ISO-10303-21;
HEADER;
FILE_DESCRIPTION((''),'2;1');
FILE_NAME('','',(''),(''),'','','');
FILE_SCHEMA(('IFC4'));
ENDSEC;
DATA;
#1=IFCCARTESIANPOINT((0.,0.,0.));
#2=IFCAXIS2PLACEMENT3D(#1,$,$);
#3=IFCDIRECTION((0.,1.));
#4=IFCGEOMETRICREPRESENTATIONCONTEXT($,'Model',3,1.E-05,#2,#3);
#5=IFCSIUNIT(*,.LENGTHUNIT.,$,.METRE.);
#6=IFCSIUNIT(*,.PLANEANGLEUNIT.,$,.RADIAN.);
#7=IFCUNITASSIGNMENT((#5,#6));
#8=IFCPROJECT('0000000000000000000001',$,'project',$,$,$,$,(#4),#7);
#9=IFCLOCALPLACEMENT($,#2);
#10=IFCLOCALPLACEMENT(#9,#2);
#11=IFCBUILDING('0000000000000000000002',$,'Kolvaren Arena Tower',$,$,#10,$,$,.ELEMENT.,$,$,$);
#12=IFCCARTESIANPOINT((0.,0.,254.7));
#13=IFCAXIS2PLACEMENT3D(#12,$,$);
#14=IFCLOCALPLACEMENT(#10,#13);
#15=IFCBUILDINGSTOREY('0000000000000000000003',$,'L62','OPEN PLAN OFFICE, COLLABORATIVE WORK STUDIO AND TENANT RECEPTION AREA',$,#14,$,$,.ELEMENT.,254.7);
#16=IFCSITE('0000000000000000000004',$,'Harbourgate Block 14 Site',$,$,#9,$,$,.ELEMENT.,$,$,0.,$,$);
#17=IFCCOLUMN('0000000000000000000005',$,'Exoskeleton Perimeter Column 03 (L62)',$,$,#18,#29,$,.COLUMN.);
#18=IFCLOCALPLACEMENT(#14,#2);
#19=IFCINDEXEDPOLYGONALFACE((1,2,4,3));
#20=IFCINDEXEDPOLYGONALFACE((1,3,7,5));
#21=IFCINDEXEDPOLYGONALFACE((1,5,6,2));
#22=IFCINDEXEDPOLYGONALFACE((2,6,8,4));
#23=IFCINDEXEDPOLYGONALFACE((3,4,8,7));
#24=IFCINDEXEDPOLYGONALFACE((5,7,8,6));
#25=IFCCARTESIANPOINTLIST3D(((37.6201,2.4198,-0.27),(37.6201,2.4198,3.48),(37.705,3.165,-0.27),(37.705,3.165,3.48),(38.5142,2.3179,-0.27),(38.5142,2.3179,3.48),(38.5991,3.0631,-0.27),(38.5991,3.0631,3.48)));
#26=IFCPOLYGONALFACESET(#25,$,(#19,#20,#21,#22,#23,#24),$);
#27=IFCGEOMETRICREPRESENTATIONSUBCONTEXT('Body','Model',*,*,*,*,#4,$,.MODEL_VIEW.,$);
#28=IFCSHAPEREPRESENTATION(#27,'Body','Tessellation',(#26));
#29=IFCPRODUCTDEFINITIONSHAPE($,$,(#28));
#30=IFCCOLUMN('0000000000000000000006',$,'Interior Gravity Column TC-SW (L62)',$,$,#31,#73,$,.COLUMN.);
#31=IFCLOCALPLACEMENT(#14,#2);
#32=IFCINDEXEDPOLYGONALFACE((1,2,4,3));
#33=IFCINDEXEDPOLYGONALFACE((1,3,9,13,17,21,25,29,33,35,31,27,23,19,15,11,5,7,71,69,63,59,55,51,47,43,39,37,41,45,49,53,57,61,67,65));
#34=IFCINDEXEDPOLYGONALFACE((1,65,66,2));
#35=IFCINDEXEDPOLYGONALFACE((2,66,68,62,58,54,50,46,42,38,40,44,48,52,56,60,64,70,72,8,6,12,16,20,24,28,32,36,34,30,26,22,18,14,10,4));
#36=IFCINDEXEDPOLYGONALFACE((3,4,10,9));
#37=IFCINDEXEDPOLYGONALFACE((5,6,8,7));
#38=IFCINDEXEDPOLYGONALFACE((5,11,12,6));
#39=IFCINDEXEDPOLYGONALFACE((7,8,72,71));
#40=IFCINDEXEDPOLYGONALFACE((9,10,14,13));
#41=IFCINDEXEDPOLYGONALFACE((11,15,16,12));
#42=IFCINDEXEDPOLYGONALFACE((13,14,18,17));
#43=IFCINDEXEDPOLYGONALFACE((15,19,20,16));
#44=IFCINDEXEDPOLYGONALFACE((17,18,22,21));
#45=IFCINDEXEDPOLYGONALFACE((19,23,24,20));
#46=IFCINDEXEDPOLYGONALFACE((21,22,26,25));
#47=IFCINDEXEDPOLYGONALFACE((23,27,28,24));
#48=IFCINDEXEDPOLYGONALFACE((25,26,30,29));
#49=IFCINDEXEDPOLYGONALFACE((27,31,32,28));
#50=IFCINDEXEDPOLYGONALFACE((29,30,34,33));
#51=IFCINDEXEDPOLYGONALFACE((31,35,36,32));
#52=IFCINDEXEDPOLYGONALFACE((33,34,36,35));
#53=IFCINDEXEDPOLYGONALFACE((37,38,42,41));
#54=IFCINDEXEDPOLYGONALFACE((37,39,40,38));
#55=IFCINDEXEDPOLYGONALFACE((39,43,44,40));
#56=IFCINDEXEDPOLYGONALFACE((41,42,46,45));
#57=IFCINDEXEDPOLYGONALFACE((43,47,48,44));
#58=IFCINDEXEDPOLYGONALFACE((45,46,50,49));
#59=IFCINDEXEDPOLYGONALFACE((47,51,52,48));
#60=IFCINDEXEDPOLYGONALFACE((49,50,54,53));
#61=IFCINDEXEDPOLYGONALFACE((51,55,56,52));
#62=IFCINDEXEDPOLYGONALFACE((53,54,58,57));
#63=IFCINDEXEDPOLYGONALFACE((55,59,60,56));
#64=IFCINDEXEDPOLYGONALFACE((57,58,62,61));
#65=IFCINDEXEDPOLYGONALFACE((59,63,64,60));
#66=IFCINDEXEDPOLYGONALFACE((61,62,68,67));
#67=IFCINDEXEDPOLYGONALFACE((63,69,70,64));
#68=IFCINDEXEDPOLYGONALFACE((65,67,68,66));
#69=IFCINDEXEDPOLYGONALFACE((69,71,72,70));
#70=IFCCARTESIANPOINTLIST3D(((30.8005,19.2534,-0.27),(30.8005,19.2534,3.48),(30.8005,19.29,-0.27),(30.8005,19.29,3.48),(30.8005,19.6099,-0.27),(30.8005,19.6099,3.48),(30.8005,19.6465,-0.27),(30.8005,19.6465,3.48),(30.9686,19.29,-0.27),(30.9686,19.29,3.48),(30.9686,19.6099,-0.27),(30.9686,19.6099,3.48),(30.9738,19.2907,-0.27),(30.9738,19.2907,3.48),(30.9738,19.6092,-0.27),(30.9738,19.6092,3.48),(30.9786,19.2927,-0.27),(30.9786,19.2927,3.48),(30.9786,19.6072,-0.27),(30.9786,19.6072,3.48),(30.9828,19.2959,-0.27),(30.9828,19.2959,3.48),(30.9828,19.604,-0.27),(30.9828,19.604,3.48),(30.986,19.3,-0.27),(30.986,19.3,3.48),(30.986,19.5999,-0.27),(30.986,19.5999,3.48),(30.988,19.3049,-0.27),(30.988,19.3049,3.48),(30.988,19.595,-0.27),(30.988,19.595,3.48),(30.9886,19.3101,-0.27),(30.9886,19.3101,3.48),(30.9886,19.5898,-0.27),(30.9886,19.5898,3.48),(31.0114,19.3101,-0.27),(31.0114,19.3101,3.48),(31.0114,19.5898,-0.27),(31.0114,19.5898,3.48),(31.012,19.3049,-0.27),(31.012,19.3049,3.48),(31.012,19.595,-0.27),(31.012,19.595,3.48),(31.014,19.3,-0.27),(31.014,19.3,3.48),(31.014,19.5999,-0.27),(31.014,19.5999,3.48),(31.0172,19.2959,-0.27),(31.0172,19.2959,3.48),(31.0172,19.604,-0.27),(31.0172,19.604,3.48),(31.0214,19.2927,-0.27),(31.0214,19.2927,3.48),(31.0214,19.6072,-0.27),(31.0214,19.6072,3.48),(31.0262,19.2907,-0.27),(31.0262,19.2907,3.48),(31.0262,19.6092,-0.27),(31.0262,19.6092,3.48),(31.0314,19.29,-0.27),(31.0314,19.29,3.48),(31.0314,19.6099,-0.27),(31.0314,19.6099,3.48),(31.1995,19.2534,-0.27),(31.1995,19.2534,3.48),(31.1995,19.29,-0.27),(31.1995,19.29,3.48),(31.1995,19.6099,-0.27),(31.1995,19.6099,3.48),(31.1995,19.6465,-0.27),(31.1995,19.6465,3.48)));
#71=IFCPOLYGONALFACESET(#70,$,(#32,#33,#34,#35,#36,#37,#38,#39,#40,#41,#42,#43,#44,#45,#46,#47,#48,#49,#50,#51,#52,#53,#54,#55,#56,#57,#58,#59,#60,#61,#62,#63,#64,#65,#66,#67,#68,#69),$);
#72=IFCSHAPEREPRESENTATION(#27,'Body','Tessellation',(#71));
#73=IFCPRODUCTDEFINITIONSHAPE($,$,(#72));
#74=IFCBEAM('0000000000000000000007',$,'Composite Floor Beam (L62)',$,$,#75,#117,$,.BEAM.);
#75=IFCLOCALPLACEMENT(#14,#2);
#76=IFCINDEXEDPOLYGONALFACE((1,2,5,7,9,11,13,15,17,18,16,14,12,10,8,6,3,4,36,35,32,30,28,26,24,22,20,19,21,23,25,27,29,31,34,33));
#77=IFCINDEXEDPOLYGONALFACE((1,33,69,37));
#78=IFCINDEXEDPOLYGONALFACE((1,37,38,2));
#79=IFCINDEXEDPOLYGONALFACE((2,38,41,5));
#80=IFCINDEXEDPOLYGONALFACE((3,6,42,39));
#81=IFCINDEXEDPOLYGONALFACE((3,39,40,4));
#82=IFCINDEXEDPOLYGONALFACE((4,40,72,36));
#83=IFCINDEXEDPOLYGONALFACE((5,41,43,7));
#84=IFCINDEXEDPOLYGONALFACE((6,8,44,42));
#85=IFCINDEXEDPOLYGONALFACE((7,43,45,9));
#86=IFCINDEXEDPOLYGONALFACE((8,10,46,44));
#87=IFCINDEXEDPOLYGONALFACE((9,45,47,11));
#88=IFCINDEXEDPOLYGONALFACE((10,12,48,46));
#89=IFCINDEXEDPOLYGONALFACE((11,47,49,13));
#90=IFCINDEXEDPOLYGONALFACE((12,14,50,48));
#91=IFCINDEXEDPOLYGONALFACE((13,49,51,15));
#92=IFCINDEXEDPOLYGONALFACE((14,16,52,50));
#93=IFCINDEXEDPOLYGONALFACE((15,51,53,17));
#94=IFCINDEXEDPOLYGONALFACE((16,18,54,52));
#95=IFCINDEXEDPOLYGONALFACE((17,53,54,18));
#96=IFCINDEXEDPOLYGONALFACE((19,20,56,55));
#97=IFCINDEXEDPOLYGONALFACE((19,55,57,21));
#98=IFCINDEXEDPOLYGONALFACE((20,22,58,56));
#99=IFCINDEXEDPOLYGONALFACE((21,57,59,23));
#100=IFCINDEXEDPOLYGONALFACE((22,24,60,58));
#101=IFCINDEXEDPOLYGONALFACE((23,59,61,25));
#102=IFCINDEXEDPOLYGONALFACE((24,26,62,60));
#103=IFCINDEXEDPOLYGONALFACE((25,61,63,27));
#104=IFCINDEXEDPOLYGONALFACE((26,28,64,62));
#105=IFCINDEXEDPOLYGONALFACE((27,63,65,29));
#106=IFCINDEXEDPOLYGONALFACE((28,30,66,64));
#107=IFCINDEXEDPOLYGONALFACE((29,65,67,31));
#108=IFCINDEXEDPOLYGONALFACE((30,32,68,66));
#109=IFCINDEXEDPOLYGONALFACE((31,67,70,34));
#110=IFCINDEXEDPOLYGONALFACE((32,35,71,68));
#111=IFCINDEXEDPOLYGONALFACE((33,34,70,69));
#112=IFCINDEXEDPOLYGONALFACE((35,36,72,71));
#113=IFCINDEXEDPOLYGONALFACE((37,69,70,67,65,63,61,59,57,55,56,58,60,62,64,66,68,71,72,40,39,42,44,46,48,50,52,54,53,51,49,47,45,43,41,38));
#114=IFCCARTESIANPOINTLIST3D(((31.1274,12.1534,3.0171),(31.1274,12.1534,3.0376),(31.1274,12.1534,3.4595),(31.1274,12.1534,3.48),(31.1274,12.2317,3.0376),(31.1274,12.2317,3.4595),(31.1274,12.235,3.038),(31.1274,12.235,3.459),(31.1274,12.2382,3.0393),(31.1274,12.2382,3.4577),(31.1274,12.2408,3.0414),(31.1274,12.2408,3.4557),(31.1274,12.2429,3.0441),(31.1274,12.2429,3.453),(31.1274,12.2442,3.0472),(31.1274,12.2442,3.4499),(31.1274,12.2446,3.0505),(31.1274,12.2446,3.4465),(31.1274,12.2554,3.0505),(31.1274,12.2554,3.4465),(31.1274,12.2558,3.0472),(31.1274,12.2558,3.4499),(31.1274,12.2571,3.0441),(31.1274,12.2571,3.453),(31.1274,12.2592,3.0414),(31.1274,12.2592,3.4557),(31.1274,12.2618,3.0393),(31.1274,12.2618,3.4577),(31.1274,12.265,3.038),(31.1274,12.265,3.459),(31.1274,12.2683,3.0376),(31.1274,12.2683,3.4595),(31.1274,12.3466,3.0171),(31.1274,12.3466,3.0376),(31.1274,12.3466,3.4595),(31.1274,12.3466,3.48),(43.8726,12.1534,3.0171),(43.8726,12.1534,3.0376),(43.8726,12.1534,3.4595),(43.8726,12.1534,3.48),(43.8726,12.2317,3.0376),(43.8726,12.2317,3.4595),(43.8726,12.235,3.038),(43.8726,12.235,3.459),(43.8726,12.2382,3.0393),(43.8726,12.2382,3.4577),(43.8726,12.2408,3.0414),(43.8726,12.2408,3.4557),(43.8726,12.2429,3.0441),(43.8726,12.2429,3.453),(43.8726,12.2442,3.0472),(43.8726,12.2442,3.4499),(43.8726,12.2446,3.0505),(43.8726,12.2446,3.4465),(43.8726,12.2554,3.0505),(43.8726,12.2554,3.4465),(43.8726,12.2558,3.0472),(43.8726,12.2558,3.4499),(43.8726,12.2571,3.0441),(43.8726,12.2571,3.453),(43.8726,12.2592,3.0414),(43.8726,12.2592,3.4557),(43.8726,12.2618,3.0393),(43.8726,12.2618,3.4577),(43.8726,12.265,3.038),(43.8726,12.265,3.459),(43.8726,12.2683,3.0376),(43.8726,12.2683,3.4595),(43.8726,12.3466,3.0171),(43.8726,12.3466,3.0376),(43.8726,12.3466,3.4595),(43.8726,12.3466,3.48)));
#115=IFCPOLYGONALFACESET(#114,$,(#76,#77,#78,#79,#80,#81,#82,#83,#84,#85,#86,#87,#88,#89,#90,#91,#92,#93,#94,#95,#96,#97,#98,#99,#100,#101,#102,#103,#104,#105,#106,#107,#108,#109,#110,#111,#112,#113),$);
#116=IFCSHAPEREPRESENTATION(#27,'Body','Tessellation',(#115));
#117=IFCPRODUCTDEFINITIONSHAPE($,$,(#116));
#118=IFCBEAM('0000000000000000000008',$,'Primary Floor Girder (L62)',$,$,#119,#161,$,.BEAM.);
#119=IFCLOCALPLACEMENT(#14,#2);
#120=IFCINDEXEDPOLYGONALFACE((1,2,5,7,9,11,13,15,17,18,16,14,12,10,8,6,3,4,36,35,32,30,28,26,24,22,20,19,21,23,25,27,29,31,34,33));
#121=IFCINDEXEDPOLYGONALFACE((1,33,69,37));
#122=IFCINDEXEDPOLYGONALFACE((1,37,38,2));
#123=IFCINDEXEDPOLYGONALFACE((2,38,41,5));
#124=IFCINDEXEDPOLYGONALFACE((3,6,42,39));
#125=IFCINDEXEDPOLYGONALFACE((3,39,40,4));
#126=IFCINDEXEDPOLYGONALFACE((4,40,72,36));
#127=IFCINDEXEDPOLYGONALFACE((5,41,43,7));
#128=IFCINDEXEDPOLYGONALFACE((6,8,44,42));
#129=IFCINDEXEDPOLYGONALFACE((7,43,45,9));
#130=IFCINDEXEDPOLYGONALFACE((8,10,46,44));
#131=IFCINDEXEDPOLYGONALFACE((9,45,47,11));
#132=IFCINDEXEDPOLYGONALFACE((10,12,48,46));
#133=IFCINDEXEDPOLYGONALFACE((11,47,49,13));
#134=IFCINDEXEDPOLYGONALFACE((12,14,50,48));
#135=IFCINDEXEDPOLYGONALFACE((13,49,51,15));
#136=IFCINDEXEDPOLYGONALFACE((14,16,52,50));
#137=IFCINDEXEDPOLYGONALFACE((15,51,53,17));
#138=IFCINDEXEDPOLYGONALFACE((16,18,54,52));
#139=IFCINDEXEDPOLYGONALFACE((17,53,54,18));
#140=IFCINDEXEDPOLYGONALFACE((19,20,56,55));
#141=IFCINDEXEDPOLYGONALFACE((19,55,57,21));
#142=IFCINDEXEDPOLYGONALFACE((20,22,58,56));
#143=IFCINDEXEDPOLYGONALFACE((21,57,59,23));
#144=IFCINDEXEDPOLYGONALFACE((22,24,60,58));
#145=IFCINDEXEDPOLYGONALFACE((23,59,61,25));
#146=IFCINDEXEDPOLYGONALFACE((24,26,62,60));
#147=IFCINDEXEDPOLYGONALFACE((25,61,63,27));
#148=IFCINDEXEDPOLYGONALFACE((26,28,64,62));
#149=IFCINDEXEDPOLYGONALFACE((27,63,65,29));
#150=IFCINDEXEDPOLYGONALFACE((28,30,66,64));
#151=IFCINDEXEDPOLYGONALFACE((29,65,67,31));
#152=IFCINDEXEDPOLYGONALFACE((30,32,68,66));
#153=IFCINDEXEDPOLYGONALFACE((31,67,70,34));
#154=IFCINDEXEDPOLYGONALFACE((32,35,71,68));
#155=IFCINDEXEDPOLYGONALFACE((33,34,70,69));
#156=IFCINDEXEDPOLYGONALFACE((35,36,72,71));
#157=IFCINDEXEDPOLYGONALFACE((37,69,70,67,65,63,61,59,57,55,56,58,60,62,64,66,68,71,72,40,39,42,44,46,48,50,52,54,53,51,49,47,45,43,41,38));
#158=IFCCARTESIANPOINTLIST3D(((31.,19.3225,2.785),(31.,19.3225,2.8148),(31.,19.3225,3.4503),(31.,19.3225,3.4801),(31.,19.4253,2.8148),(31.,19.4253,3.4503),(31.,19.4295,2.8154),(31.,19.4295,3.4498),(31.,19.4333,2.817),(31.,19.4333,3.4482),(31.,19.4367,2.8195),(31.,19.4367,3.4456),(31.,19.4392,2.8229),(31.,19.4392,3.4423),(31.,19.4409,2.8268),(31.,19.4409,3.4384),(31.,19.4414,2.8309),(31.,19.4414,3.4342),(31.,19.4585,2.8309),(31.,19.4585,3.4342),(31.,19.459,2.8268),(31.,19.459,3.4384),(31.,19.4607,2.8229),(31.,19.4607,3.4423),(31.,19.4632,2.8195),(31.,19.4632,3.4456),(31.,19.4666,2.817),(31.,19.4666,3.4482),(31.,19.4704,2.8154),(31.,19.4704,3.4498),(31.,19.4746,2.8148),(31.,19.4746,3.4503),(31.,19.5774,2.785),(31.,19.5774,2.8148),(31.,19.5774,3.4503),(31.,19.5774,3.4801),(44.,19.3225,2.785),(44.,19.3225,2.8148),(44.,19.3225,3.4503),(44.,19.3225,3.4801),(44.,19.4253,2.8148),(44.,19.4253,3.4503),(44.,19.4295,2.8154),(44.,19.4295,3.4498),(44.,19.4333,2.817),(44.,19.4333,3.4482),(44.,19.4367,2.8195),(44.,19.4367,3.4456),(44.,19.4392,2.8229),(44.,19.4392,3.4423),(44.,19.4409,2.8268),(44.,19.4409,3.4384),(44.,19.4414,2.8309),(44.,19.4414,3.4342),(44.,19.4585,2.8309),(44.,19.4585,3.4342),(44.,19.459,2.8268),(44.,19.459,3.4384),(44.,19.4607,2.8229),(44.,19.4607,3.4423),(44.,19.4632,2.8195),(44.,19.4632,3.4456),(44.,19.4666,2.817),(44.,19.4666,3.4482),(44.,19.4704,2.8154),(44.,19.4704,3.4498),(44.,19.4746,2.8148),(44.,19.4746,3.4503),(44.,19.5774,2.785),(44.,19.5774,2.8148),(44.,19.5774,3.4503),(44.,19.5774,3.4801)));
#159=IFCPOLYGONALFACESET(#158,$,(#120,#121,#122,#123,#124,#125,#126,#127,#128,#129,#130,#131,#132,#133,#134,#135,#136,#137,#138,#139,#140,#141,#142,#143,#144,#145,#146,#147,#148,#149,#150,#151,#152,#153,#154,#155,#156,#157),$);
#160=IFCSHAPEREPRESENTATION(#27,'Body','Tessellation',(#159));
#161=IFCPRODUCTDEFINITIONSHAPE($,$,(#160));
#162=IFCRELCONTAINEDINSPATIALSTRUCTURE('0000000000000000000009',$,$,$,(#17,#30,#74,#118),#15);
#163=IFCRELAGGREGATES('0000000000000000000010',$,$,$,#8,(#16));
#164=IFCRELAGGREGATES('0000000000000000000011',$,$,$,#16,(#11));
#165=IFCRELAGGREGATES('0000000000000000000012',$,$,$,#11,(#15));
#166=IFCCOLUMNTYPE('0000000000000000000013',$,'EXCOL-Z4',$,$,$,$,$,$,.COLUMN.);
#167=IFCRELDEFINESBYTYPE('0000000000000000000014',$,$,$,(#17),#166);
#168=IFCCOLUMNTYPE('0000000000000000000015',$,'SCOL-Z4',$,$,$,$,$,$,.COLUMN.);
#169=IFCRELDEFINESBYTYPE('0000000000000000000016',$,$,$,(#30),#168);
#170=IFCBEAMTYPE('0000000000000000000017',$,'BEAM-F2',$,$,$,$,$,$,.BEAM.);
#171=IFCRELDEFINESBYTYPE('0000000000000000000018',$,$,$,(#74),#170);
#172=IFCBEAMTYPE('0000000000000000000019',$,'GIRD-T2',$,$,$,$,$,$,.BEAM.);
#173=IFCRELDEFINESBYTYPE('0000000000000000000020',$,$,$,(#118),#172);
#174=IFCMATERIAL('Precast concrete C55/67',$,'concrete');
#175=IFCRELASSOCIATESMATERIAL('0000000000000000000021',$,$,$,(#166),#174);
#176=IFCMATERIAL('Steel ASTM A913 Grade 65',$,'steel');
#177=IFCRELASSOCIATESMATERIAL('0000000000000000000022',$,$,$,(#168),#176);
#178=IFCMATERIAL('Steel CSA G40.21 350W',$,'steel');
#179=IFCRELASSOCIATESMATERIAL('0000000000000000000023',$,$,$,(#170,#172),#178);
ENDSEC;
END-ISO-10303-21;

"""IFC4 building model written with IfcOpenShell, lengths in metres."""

from ifc_helpers import new_model, si_unit, direction, frame, origin, origin_2d, place, context, subcontext, project, spatial, rectangle, i_section, extrude, material, material_profile, profile_set, type_object, element, save


model = new_model("IFC4")

# Units and contexts
model_context = context("Model", 3, precision=1e-05, world=origin(), true_north=direction((0.0, 1.0)))
body_context = subcontext(model_context, "Body", "Model", "MODEL_VIEW")
ifc_project = project(units=[si_unit("LENGTHUNIT", "METRE"), si_unit("PLANEANGLEUNIT", "RADIAN")], contexts=[model_context])

# Site, building, storey
site_placement = place(None, origin())
site = spatial("IfcSite", under=ifc_project, at=site_placement, Name="Harbourgate Block 14 Site", CompositionType="ELEMENT", RefElevation=0.0)
building_placement = place(site_placement, origin())
building = spatial("IfcBuilding", under=site, at=building_placement, Name="Kolvaren Arena Tower", CompositionType="ELEMENT")
storey_placement = place(building_placement, frame((0.0, 0.0, 254.7)))
storey = spatial("IfcBuildingStorey", under=building, at=storey_placement, Name="L62", Description="OPEN PLAN OFFICE, COLLABORATIVE WORK STUDIO AND TENANT RECEPTION AREA", CompositionType="ELEMENT", Elevation=254.7)

# Columns
ifc_material_1 = material(Name="Precast concrete C55/67", Category="concrete")
ifc_material_profile_1 = material_profile(ifc_material_1, rectangle(XDim=0.8999, YDim=0.75, at=origin_2d()), Name="RC-900x750")
ifc_profile_set_1 = profile_set([ifc_material_profile_1], Name="Precast concrete C55/67")
column_type_1 = type_object("IfcColumnType", Name="EXCOL-Z4", PredefinedType="COLUMN", material=ifc_profile_set_1)
column_1_placement = place(storey_placement, frame((38.1096, 2.7415, -0.27), z_axis=(0.0, 0.0, 1.0), x_axis=(0.993572, -0.113203, 0.0)))
element("IfcColumn", 1, at=column_1_placement, inside=storey, type_object=column_type_1, Name="Exoskeleton Perimeter Column 03 (L62)", PredefinedType="COLUMN", context=body_context, shape_type="SweptSolid", body=[
    extrude(rectangle(XDim=0.8999, YDim=0.75, at=origin_2d()), origin(), (0.0, 0.0, 1.0), 3.75),
])
ifc_material_2 = material(Name="Steel ASTM A913 Grade 65", Category="steel")
ifc_material_profile_2 = material_profile(ifc_material_2, i_section(OverallWidth=0.3989, OverallDepth=0.3931, WebThickness=0.0227, FlangeThickness=0.0366, FilletRadius=0.02, at=origin_2d()), Name="W360x287")
ifc_profile_set_2 = profile_set([ifc_material_profile_2], Name="Steel ASTM A913 Grade 65")
column_type_2 = type_object("IfcColumnType", Name="SCOL-Z4", PredefinedType="COLUMN", material=ifc_profile_set_2)
column_2_placement = place(storey_placement, frame((31.0, 19.45, -0.27), z_axis=(0.0, 0.0, 1.0), x_axis=(1.0, 0.0, 0.0)))
element("IfcColumn", 2, at=column_2_placement, inside=storey, type_object=column_type_2, Name="Interior Gravity Column TC-SW (L62)", PredefinedType="COLUMN", context=body_context, shape_type="SweptSolid", body=[
    extrude(i_section(OverallWidth=0.3989, OverallDepth=0.3931, WebThickness=0.0227, FlangeThickness=0.0366, FilletRadius=0.02, at=origin_2d()), origin(), (0.0, 0.0, 1.0), 3.75),
])

# Beams
ifc_material_3 = material(Name="Steel CSA G40.21 350W", Category="steel")
ifc_material_profile_3 = material_profile(ifc_material_3, i_section(OverallWidth=0.1931, OverallDepth=0.4629, WebThickness=0.0107, FlangeThickness=0.0205, FilletRadius=0.0129, at=origin_2d()), Name="W460x113")
ifc_profile_set_3 = profile_set([ifc_material_profile_3], Name="Steel CSA G40.21 350W")
beam_type_1 = type_object("IfcBeamType", Name="BEAM-F2", PredefinedType="BEAM", material=ifc_profile_set_3)
beam_1_placement = place(storey_placement, frame((31.1274, 12.25, 3.2485), z_axis=(1.0, 0.0, 0.0), x_axis=(0.0, 1.0, 0.0)))
element("IfcBeam", 3, at=beam_1_placement, inside=storey, type_object=beam_type_1, Name="Composite Floor Beam (L62)", PredefinedType="BEAM", context=body_context, shape_type="SweptSolid", body=[
    extrude(i_section(OverallWidth=0.1931, OverallDepth=0.4629, WebThickness=0.0107, FlangeThickness=0.0205, FilletRadius=0.0129, at=origin_2d()), origin(), (0.0, 0.0, 1.0), 12.7451),
])
ifc_material_profile_4 = material_profile(ifc_material_3, i_section(OverallWidth=0.2549, OverallDepth=0.6951, WebThickness=0.0171, FlangeThickness=0.0298, FilletRadius=0.0161, at=origin_2d()), Name="W690x217")
ifc_profile_set_4 = profile_set([ifc_material_profile_4], Name="Steel CSA G40.21 350W")
beam_type_2 = type_object("IfcBeamType", Name="GIRD-T2", PredefinedType="BEAM", material=ifc_profile_set_4)
beam_2_placement = place(storey_placement, frame((31.0, 19.45, 3.1326), z_axis=(1.0, 0.0, 0.0), x_axis=(0.0, 1.0, 0.0)))
element("IfcBeam", 4, at=beam_2_placement, inside=storey, type_object=beam_type_2, Name="Primary Floor Girder (L62)", PredefinedType="BEAM", context=body_context, shape_type="SweptSolid", body=[
    extrude(i_section(OverallWidth=0.2549, OverallDepth=0.6951, WebThickness=0.0171, FlangeThickness=0.0298, FilletRadius=0.0161, at=origin_2d()), origin(), (0.0, 0.0, 1.0), 13.0),
])

save(model, "model.ifc")
